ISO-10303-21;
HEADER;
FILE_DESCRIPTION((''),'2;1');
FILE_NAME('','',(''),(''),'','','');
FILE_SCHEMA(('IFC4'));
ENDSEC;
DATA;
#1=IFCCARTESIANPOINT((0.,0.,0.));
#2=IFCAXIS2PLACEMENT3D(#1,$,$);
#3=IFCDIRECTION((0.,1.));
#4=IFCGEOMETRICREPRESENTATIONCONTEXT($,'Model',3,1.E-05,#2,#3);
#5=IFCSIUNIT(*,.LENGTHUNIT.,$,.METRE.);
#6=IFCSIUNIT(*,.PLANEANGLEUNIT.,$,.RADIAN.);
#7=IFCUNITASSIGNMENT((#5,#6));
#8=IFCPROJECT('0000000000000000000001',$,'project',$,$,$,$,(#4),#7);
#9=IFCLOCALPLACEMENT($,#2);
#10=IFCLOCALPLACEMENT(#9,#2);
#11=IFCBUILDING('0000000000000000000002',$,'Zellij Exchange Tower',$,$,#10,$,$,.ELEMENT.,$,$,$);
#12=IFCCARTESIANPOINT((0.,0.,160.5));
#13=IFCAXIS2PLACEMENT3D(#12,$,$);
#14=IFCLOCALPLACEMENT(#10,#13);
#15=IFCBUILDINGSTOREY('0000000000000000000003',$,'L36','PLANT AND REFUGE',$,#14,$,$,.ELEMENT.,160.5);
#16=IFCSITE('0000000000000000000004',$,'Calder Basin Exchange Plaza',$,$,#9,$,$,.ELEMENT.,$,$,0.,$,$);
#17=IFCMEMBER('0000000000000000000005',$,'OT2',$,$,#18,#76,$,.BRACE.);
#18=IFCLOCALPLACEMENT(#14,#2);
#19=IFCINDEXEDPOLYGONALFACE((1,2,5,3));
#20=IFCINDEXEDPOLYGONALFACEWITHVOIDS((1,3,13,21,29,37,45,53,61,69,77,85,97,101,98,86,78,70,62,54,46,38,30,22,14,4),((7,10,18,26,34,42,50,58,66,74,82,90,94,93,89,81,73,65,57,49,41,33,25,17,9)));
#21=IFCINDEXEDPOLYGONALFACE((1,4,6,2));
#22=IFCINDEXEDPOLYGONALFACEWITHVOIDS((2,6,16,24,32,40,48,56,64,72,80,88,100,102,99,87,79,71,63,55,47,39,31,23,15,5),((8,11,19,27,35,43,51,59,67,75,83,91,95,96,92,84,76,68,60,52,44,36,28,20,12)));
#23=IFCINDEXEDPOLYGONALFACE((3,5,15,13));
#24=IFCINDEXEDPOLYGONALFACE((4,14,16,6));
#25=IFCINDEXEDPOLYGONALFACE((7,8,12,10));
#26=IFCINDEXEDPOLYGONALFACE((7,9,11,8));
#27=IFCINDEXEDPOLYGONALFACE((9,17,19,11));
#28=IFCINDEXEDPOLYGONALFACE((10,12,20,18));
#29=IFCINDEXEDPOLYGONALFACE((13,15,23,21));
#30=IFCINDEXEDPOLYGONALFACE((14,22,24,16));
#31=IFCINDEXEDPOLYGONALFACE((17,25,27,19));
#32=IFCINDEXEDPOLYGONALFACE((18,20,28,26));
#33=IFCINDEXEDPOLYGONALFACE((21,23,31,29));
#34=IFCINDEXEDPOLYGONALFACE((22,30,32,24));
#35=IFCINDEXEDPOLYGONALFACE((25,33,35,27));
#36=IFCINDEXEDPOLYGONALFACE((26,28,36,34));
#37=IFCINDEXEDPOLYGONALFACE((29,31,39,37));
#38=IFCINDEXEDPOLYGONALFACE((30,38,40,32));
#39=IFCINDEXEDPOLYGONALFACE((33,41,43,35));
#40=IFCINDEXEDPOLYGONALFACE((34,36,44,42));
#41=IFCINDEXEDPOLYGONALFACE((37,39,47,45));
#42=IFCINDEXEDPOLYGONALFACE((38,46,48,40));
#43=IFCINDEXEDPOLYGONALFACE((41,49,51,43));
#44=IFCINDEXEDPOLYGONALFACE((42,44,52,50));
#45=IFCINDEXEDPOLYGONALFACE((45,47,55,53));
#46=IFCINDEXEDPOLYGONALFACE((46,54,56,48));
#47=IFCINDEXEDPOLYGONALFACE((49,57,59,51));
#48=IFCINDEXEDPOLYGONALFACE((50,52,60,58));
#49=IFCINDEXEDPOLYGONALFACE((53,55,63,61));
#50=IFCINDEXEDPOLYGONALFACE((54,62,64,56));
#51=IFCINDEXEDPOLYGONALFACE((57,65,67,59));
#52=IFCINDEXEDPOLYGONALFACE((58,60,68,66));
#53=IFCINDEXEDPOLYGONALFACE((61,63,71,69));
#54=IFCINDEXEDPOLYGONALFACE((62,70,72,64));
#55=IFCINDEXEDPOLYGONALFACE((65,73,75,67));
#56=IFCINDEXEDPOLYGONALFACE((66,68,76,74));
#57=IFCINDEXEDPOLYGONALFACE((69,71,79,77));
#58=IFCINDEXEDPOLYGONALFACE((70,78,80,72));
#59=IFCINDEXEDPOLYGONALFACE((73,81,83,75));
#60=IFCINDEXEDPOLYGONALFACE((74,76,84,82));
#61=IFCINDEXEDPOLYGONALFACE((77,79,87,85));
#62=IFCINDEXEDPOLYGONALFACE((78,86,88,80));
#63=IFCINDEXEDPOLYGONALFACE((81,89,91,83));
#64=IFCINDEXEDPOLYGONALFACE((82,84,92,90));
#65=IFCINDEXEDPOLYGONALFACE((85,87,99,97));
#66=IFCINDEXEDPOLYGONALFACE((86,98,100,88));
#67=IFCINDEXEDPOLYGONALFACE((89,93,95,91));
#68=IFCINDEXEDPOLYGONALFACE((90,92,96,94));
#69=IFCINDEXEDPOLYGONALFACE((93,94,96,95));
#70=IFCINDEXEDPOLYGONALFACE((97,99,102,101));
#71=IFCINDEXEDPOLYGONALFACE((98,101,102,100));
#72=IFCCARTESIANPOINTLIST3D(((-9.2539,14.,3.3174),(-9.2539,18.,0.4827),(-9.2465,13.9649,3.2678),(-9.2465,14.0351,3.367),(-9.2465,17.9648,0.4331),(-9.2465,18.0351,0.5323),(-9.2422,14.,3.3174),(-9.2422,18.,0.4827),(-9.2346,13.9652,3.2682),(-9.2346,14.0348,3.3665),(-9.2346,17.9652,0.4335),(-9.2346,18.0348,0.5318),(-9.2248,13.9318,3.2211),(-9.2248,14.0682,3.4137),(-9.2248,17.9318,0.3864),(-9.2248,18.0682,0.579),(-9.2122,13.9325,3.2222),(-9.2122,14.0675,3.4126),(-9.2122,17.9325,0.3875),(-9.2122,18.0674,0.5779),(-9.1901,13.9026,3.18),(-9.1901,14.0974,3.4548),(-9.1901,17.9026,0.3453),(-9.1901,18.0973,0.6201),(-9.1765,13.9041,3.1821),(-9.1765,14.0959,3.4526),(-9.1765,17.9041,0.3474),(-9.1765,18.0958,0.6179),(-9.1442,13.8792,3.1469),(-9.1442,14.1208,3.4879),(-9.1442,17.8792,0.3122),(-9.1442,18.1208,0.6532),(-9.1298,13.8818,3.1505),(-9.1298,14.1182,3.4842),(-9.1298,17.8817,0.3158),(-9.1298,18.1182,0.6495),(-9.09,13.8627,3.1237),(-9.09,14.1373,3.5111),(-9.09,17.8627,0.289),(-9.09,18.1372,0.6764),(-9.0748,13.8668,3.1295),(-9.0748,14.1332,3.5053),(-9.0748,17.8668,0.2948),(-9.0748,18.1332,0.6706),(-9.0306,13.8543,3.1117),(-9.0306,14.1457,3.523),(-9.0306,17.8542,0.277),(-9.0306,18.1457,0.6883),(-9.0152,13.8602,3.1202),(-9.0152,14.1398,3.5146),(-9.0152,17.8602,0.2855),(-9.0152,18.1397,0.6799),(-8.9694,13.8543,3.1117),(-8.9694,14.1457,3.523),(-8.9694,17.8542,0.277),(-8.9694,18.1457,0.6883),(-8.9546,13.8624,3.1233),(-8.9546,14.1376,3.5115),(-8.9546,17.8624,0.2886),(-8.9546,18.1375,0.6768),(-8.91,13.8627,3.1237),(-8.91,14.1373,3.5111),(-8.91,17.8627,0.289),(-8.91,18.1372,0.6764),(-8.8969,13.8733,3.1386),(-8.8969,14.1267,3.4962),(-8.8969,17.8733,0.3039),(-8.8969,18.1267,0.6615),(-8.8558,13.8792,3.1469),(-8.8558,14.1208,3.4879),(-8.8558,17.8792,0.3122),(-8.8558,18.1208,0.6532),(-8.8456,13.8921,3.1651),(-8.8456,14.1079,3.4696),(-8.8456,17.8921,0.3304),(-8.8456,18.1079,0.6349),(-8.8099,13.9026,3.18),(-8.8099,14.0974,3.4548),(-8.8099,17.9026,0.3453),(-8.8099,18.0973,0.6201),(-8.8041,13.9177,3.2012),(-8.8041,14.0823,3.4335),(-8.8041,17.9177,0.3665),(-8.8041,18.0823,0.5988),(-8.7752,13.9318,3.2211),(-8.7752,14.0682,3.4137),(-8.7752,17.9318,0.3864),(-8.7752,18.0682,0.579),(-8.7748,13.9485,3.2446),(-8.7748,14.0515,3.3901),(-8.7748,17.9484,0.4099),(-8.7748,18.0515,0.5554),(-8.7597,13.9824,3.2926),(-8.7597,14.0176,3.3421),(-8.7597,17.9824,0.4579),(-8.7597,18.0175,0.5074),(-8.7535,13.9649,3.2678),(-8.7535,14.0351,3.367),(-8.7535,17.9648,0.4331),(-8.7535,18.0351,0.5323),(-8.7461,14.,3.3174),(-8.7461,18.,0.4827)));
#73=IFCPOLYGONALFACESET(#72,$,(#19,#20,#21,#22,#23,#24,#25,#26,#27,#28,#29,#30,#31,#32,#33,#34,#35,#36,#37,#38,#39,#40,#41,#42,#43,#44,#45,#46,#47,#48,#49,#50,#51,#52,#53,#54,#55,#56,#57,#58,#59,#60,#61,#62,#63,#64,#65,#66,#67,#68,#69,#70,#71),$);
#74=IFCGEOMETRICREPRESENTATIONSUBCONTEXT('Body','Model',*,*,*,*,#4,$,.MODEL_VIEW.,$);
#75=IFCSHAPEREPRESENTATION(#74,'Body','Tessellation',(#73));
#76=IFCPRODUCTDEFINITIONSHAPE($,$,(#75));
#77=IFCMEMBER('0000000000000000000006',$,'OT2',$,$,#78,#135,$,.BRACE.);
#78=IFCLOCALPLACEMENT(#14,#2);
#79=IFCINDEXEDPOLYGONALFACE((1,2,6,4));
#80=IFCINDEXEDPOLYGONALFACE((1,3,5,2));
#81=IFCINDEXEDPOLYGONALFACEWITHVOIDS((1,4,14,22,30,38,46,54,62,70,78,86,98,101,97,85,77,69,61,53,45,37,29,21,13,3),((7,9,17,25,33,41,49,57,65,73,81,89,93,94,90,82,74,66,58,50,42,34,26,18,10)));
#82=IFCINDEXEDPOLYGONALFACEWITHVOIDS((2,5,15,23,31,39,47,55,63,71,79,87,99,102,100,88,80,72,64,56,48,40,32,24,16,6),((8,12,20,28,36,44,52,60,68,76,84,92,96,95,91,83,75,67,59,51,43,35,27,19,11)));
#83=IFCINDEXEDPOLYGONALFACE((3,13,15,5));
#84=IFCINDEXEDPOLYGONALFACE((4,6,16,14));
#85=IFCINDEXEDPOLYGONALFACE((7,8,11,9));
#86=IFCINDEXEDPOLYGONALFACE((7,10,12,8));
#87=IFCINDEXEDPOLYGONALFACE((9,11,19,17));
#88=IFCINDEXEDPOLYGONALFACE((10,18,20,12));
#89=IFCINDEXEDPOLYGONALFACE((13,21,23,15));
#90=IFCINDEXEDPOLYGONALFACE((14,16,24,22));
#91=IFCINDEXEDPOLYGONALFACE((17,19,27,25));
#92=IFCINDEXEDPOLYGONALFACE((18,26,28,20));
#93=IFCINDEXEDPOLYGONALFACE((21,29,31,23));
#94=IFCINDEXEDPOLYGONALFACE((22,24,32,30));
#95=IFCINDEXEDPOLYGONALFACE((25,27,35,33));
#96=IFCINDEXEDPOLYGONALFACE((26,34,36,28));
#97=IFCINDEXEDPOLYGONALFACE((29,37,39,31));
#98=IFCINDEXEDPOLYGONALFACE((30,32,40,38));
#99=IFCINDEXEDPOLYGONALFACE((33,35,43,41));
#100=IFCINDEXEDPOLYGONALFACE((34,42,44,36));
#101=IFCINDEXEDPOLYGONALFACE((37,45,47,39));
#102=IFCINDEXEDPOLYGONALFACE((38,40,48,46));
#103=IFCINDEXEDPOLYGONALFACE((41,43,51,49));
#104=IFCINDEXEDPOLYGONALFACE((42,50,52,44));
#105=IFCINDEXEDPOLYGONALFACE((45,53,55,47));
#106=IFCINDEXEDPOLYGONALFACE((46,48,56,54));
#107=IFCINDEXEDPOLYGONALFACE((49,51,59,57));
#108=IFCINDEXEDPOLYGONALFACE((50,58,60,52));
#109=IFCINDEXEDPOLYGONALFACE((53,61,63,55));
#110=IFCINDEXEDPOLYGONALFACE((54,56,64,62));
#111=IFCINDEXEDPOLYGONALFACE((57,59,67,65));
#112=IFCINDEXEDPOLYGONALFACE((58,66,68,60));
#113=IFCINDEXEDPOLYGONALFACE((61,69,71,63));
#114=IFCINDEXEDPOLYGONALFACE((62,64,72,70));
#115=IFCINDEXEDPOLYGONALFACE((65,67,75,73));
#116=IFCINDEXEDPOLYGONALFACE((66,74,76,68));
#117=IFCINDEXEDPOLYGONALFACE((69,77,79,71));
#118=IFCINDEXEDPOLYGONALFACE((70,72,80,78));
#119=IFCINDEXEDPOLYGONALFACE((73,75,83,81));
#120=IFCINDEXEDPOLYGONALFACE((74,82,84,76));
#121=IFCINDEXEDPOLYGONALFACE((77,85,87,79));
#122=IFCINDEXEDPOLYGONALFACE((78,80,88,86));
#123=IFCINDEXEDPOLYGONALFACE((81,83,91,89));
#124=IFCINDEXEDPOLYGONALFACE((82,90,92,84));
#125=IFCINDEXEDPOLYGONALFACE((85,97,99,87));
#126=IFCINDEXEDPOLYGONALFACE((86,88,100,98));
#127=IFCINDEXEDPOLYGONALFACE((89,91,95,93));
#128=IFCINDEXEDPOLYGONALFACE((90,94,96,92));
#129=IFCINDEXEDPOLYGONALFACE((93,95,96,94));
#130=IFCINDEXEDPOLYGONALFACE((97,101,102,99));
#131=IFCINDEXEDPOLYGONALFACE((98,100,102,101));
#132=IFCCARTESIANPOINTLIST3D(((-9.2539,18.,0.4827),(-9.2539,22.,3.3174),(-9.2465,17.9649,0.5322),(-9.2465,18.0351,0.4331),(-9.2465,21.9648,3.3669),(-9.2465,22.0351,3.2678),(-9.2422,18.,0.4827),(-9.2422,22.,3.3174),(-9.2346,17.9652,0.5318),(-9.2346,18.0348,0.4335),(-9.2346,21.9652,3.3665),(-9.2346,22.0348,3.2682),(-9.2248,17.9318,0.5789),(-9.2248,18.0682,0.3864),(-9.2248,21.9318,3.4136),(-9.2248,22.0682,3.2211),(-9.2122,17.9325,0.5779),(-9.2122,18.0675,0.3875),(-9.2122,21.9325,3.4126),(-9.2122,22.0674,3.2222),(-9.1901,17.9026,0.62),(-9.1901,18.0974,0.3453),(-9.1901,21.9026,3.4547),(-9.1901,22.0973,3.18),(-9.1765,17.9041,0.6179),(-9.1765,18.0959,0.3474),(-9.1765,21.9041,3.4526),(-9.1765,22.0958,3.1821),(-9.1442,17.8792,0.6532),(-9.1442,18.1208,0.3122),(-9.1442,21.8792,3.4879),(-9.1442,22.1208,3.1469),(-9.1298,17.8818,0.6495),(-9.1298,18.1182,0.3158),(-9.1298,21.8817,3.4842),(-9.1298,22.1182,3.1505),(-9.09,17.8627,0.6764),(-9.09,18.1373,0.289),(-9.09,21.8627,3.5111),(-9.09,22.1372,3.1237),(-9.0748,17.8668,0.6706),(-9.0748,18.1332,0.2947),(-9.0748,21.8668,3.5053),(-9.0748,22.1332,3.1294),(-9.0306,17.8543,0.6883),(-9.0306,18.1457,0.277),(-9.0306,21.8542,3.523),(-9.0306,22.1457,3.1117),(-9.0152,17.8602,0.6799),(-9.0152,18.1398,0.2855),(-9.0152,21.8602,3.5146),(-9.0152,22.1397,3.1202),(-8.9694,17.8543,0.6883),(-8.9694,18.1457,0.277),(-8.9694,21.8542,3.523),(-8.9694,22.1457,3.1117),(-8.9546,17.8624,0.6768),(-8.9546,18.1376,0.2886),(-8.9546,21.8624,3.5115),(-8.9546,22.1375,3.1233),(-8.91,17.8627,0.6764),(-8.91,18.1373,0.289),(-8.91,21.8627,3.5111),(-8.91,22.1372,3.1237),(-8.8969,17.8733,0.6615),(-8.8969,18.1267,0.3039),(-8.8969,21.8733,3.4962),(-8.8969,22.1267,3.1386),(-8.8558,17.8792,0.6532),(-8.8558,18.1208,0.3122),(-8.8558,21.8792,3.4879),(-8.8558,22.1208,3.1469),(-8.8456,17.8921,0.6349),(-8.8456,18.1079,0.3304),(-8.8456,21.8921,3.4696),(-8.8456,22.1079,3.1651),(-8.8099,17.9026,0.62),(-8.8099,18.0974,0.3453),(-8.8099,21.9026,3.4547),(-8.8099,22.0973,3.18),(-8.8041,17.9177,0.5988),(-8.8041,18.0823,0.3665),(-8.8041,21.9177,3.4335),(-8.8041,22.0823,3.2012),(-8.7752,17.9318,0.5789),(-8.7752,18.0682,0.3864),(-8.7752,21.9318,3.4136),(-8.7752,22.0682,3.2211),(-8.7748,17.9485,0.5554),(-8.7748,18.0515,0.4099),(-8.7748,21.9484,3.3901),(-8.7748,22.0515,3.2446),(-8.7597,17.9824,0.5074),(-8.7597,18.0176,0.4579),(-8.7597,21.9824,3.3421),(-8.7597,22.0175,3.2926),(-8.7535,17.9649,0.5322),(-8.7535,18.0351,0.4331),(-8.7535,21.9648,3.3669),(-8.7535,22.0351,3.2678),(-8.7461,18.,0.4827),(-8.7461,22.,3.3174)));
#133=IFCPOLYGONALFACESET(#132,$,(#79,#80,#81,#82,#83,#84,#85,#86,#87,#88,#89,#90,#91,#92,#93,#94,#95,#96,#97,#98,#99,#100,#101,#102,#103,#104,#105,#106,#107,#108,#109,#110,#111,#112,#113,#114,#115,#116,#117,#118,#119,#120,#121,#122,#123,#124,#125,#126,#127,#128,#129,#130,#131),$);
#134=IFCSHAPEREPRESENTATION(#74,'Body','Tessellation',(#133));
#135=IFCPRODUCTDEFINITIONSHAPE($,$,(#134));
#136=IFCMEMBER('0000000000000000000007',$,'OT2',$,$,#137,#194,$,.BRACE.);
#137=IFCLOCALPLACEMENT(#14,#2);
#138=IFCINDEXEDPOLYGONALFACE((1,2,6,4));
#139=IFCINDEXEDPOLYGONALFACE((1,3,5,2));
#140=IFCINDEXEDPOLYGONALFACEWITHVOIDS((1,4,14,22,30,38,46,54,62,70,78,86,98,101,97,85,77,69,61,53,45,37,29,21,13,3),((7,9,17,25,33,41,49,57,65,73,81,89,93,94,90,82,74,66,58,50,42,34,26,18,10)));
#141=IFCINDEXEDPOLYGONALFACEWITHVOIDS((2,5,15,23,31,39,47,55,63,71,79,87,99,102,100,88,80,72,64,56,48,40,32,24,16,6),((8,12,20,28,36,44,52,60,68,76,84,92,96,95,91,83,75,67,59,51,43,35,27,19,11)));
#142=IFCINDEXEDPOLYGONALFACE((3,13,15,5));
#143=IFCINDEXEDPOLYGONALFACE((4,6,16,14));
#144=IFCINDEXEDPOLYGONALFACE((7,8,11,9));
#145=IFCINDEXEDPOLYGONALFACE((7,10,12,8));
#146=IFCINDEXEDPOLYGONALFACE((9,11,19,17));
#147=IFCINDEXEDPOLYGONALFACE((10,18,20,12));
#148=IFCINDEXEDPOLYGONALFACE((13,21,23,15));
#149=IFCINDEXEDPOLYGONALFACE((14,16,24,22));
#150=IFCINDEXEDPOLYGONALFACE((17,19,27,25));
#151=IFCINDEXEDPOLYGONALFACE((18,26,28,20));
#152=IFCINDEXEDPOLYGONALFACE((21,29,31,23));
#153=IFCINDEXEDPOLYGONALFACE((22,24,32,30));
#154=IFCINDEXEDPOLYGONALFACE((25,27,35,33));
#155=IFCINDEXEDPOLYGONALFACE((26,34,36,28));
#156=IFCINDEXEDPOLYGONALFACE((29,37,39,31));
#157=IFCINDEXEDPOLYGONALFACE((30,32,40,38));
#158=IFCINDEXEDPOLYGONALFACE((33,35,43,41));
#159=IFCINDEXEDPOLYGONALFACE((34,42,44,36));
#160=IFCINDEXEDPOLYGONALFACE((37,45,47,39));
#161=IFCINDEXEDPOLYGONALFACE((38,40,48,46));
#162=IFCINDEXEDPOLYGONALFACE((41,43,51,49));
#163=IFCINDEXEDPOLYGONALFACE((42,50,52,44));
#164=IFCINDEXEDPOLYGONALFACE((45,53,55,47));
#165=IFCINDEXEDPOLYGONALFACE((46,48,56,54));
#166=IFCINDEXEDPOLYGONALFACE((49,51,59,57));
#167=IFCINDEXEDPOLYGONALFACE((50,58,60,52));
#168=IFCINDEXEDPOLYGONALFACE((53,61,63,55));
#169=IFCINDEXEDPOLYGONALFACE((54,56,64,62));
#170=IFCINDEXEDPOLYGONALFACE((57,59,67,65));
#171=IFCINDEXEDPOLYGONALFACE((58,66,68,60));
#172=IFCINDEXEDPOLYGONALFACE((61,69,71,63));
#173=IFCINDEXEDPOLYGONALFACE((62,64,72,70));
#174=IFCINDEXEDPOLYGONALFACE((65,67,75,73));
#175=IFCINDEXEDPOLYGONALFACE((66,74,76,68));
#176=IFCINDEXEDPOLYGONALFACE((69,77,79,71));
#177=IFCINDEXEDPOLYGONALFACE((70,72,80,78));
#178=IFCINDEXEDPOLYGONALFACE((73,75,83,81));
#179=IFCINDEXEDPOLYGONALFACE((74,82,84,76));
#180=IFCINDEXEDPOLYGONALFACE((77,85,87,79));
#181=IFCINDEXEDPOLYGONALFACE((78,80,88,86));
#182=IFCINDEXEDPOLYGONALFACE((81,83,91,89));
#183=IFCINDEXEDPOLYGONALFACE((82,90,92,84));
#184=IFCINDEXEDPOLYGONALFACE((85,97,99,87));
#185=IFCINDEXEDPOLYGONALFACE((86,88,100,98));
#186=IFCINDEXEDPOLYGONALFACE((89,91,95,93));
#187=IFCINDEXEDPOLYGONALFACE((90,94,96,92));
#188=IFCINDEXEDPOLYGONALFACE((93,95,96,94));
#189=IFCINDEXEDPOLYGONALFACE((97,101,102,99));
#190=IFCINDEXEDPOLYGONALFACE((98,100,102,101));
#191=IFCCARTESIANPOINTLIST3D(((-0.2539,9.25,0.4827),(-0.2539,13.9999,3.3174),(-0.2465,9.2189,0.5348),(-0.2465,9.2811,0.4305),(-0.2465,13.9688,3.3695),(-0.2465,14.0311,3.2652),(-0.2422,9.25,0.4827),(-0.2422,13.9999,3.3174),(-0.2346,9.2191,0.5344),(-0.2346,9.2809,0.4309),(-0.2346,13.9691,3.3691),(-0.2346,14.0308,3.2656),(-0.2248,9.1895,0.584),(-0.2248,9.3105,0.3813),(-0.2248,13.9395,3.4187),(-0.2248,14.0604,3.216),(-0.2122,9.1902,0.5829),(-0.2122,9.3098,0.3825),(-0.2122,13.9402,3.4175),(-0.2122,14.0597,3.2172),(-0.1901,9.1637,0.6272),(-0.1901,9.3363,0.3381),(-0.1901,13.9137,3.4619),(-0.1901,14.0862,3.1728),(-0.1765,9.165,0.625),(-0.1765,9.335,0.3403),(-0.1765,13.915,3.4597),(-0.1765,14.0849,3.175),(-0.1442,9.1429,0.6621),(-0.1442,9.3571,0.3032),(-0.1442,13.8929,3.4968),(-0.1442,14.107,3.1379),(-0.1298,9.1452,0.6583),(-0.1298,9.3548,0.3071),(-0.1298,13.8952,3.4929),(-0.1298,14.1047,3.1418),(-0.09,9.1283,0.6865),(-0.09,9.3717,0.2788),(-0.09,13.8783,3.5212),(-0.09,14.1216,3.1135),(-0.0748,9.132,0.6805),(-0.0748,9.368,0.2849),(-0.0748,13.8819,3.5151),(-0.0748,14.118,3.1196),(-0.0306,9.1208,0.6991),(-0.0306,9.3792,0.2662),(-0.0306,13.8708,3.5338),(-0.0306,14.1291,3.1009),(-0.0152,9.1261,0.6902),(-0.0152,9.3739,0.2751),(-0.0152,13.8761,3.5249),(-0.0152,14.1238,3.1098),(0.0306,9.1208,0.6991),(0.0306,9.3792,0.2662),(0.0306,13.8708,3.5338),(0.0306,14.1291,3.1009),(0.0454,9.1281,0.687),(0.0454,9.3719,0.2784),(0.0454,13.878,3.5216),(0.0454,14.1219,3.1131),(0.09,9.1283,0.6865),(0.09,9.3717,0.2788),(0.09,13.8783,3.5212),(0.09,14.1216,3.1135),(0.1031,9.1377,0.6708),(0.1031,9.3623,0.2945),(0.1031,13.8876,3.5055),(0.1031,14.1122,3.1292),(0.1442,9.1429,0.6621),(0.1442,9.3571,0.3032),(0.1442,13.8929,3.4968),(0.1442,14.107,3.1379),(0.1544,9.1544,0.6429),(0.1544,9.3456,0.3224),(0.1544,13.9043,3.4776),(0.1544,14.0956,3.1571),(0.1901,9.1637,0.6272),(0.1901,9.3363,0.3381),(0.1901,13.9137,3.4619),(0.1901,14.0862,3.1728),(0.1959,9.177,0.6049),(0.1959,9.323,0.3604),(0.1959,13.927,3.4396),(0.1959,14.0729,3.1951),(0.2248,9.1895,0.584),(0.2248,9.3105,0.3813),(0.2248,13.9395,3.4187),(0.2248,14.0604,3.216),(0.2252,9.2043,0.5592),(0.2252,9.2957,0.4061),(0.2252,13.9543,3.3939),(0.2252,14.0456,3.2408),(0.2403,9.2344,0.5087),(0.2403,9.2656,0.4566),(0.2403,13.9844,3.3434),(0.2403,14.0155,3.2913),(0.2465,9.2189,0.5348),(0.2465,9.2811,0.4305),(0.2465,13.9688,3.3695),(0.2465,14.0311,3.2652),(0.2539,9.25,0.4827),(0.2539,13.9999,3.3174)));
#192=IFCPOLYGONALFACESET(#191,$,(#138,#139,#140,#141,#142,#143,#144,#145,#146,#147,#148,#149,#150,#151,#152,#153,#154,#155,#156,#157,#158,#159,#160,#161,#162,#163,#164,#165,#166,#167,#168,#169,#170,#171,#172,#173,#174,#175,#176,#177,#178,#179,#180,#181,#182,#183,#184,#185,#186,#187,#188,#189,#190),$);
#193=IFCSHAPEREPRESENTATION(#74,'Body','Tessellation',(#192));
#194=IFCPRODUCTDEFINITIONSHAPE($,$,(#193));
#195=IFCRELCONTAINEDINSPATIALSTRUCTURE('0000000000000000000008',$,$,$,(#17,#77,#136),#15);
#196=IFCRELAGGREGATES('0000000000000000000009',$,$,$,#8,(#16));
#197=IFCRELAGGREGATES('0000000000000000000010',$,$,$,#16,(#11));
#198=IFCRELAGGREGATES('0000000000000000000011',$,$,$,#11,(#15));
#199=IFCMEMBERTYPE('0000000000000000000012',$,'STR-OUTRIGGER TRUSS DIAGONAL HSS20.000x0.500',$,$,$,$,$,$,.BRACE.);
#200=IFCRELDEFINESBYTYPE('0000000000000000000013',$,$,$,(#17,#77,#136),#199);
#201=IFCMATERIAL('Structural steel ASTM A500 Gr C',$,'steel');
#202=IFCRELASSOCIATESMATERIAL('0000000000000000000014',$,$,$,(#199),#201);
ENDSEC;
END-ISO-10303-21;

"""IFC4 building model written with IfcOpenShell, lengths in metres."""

from ifc_helpers import new_model, si_unit, direction, frame, origin, origin_2d, place, context, subcontext, project, spatial, hollow_circle, extrude, material, material_profile, profile_set, type_object, element, save


model = new_model("IFC4")

# Units and contexts
model_context = context("Model", 3, precision=1e-05, world=origin(), true_north=direction((0.0, 1.0)))
body_context = subcontext(model_context, "Body", "Model", "MODEL_VIEW")
ifc_project = project(units=[si_unit("LENGTHUNIT", "METRE"), si_unit("PLANEANGLEUNIT", "RADIAN")], contexts=[model_context])

# Site, building, storey
site_placement = place(None, origin())
site = spatial("IfcSite", under=ifc_project, at=site_placement, Name="Calder Basin Exchange Plaza", CompositionType="ELEMENT", RefElevation=0.0)
building_placement = place(site_placement, origin())
building = spatial("IfcBuilding", under=site, at=building_placement, Name="Zellij Exchange Tower", CompositionType="ELEMENT")
storey_placement = place(building_placement, frame((0.0, 0.0, 160.5)))
storey = spatial("IfcBuildingStorey", under=building, at=storey_placement, Name="L36", Description="PLANT AND REFUGE", CompositionType="ELEMENT", Elevation=160.5)

# Members
ifc_material_1 = material(Name="Structural steel ASTM A500 Gr C", Category="steel")
ifc_material_profile_1 = material_profile(ifc_material_1, hollow_circle(Radius=0.2539, WallThickness=0.0117, at=origin_2d()), Name="STR-OUTRIGGER TRUSS DIAGONAL HSS20.000x0.500")
ifc_profile_set_1 = profile_set([ifc_material_profile_1], Name="Structural steel ASTM A500 Gr C")
member_type_1 = type_object("IfcMemberType", Name="STR-OUTRIGGER TRUSS DIAGONAL HSS20.000x0.500", PredefinedType="BRACE", material=ifc_profile_set_1)
for number, where, z_axis, x_axis, name in (
    (1, (-9.0, 14.0, 3.3174), (0.0, 0.815891, -0.578205), (-1.0, 0.0, 0.0), "OT2"),
    (2, (-9.0, 18.0, 0.4827), (0.0, 0.815891, 0.578205), (-1.0, 0.0, 0.0), "OT2"),
):
    element("IfcMember", number, at=place(storey_placement, frame(where, z_axis=z_axis, x_axis=x_axis)), inside=storey, type_object=member_type_1, Name=name, PredefinedType="BRACE", context=body_context, shape_type="SweptSolid", body=[
        extrude(hollow_circle(Radius=0.2539, WallThickness=0.0117, at=origin_2d()), origin(), (0.0, 0.0, 1.0), 4.9026),
    ])
member_1_placement = place(storey_placement, frame((0.0, 9.25, 0.4827), z_axis=(0.0, 0.858709, 0.512463), x_axis=(-1.0, 0.0, 0.0)))
element("IfcMember", 3, at=member_1_placement, inside=storey, type_object=member_type_1, Name="OT2", PredefinedType="BRACE", context=body_context, shape_type="SweptSolid", body=[
    extrude(hollow_circle(Radius=0.2539, WallThickness=0.0117, at=origin_2d()), origin(), (0.0, 0.0, 1.0), 5.5315),
])

save(model, "model.ifc")
